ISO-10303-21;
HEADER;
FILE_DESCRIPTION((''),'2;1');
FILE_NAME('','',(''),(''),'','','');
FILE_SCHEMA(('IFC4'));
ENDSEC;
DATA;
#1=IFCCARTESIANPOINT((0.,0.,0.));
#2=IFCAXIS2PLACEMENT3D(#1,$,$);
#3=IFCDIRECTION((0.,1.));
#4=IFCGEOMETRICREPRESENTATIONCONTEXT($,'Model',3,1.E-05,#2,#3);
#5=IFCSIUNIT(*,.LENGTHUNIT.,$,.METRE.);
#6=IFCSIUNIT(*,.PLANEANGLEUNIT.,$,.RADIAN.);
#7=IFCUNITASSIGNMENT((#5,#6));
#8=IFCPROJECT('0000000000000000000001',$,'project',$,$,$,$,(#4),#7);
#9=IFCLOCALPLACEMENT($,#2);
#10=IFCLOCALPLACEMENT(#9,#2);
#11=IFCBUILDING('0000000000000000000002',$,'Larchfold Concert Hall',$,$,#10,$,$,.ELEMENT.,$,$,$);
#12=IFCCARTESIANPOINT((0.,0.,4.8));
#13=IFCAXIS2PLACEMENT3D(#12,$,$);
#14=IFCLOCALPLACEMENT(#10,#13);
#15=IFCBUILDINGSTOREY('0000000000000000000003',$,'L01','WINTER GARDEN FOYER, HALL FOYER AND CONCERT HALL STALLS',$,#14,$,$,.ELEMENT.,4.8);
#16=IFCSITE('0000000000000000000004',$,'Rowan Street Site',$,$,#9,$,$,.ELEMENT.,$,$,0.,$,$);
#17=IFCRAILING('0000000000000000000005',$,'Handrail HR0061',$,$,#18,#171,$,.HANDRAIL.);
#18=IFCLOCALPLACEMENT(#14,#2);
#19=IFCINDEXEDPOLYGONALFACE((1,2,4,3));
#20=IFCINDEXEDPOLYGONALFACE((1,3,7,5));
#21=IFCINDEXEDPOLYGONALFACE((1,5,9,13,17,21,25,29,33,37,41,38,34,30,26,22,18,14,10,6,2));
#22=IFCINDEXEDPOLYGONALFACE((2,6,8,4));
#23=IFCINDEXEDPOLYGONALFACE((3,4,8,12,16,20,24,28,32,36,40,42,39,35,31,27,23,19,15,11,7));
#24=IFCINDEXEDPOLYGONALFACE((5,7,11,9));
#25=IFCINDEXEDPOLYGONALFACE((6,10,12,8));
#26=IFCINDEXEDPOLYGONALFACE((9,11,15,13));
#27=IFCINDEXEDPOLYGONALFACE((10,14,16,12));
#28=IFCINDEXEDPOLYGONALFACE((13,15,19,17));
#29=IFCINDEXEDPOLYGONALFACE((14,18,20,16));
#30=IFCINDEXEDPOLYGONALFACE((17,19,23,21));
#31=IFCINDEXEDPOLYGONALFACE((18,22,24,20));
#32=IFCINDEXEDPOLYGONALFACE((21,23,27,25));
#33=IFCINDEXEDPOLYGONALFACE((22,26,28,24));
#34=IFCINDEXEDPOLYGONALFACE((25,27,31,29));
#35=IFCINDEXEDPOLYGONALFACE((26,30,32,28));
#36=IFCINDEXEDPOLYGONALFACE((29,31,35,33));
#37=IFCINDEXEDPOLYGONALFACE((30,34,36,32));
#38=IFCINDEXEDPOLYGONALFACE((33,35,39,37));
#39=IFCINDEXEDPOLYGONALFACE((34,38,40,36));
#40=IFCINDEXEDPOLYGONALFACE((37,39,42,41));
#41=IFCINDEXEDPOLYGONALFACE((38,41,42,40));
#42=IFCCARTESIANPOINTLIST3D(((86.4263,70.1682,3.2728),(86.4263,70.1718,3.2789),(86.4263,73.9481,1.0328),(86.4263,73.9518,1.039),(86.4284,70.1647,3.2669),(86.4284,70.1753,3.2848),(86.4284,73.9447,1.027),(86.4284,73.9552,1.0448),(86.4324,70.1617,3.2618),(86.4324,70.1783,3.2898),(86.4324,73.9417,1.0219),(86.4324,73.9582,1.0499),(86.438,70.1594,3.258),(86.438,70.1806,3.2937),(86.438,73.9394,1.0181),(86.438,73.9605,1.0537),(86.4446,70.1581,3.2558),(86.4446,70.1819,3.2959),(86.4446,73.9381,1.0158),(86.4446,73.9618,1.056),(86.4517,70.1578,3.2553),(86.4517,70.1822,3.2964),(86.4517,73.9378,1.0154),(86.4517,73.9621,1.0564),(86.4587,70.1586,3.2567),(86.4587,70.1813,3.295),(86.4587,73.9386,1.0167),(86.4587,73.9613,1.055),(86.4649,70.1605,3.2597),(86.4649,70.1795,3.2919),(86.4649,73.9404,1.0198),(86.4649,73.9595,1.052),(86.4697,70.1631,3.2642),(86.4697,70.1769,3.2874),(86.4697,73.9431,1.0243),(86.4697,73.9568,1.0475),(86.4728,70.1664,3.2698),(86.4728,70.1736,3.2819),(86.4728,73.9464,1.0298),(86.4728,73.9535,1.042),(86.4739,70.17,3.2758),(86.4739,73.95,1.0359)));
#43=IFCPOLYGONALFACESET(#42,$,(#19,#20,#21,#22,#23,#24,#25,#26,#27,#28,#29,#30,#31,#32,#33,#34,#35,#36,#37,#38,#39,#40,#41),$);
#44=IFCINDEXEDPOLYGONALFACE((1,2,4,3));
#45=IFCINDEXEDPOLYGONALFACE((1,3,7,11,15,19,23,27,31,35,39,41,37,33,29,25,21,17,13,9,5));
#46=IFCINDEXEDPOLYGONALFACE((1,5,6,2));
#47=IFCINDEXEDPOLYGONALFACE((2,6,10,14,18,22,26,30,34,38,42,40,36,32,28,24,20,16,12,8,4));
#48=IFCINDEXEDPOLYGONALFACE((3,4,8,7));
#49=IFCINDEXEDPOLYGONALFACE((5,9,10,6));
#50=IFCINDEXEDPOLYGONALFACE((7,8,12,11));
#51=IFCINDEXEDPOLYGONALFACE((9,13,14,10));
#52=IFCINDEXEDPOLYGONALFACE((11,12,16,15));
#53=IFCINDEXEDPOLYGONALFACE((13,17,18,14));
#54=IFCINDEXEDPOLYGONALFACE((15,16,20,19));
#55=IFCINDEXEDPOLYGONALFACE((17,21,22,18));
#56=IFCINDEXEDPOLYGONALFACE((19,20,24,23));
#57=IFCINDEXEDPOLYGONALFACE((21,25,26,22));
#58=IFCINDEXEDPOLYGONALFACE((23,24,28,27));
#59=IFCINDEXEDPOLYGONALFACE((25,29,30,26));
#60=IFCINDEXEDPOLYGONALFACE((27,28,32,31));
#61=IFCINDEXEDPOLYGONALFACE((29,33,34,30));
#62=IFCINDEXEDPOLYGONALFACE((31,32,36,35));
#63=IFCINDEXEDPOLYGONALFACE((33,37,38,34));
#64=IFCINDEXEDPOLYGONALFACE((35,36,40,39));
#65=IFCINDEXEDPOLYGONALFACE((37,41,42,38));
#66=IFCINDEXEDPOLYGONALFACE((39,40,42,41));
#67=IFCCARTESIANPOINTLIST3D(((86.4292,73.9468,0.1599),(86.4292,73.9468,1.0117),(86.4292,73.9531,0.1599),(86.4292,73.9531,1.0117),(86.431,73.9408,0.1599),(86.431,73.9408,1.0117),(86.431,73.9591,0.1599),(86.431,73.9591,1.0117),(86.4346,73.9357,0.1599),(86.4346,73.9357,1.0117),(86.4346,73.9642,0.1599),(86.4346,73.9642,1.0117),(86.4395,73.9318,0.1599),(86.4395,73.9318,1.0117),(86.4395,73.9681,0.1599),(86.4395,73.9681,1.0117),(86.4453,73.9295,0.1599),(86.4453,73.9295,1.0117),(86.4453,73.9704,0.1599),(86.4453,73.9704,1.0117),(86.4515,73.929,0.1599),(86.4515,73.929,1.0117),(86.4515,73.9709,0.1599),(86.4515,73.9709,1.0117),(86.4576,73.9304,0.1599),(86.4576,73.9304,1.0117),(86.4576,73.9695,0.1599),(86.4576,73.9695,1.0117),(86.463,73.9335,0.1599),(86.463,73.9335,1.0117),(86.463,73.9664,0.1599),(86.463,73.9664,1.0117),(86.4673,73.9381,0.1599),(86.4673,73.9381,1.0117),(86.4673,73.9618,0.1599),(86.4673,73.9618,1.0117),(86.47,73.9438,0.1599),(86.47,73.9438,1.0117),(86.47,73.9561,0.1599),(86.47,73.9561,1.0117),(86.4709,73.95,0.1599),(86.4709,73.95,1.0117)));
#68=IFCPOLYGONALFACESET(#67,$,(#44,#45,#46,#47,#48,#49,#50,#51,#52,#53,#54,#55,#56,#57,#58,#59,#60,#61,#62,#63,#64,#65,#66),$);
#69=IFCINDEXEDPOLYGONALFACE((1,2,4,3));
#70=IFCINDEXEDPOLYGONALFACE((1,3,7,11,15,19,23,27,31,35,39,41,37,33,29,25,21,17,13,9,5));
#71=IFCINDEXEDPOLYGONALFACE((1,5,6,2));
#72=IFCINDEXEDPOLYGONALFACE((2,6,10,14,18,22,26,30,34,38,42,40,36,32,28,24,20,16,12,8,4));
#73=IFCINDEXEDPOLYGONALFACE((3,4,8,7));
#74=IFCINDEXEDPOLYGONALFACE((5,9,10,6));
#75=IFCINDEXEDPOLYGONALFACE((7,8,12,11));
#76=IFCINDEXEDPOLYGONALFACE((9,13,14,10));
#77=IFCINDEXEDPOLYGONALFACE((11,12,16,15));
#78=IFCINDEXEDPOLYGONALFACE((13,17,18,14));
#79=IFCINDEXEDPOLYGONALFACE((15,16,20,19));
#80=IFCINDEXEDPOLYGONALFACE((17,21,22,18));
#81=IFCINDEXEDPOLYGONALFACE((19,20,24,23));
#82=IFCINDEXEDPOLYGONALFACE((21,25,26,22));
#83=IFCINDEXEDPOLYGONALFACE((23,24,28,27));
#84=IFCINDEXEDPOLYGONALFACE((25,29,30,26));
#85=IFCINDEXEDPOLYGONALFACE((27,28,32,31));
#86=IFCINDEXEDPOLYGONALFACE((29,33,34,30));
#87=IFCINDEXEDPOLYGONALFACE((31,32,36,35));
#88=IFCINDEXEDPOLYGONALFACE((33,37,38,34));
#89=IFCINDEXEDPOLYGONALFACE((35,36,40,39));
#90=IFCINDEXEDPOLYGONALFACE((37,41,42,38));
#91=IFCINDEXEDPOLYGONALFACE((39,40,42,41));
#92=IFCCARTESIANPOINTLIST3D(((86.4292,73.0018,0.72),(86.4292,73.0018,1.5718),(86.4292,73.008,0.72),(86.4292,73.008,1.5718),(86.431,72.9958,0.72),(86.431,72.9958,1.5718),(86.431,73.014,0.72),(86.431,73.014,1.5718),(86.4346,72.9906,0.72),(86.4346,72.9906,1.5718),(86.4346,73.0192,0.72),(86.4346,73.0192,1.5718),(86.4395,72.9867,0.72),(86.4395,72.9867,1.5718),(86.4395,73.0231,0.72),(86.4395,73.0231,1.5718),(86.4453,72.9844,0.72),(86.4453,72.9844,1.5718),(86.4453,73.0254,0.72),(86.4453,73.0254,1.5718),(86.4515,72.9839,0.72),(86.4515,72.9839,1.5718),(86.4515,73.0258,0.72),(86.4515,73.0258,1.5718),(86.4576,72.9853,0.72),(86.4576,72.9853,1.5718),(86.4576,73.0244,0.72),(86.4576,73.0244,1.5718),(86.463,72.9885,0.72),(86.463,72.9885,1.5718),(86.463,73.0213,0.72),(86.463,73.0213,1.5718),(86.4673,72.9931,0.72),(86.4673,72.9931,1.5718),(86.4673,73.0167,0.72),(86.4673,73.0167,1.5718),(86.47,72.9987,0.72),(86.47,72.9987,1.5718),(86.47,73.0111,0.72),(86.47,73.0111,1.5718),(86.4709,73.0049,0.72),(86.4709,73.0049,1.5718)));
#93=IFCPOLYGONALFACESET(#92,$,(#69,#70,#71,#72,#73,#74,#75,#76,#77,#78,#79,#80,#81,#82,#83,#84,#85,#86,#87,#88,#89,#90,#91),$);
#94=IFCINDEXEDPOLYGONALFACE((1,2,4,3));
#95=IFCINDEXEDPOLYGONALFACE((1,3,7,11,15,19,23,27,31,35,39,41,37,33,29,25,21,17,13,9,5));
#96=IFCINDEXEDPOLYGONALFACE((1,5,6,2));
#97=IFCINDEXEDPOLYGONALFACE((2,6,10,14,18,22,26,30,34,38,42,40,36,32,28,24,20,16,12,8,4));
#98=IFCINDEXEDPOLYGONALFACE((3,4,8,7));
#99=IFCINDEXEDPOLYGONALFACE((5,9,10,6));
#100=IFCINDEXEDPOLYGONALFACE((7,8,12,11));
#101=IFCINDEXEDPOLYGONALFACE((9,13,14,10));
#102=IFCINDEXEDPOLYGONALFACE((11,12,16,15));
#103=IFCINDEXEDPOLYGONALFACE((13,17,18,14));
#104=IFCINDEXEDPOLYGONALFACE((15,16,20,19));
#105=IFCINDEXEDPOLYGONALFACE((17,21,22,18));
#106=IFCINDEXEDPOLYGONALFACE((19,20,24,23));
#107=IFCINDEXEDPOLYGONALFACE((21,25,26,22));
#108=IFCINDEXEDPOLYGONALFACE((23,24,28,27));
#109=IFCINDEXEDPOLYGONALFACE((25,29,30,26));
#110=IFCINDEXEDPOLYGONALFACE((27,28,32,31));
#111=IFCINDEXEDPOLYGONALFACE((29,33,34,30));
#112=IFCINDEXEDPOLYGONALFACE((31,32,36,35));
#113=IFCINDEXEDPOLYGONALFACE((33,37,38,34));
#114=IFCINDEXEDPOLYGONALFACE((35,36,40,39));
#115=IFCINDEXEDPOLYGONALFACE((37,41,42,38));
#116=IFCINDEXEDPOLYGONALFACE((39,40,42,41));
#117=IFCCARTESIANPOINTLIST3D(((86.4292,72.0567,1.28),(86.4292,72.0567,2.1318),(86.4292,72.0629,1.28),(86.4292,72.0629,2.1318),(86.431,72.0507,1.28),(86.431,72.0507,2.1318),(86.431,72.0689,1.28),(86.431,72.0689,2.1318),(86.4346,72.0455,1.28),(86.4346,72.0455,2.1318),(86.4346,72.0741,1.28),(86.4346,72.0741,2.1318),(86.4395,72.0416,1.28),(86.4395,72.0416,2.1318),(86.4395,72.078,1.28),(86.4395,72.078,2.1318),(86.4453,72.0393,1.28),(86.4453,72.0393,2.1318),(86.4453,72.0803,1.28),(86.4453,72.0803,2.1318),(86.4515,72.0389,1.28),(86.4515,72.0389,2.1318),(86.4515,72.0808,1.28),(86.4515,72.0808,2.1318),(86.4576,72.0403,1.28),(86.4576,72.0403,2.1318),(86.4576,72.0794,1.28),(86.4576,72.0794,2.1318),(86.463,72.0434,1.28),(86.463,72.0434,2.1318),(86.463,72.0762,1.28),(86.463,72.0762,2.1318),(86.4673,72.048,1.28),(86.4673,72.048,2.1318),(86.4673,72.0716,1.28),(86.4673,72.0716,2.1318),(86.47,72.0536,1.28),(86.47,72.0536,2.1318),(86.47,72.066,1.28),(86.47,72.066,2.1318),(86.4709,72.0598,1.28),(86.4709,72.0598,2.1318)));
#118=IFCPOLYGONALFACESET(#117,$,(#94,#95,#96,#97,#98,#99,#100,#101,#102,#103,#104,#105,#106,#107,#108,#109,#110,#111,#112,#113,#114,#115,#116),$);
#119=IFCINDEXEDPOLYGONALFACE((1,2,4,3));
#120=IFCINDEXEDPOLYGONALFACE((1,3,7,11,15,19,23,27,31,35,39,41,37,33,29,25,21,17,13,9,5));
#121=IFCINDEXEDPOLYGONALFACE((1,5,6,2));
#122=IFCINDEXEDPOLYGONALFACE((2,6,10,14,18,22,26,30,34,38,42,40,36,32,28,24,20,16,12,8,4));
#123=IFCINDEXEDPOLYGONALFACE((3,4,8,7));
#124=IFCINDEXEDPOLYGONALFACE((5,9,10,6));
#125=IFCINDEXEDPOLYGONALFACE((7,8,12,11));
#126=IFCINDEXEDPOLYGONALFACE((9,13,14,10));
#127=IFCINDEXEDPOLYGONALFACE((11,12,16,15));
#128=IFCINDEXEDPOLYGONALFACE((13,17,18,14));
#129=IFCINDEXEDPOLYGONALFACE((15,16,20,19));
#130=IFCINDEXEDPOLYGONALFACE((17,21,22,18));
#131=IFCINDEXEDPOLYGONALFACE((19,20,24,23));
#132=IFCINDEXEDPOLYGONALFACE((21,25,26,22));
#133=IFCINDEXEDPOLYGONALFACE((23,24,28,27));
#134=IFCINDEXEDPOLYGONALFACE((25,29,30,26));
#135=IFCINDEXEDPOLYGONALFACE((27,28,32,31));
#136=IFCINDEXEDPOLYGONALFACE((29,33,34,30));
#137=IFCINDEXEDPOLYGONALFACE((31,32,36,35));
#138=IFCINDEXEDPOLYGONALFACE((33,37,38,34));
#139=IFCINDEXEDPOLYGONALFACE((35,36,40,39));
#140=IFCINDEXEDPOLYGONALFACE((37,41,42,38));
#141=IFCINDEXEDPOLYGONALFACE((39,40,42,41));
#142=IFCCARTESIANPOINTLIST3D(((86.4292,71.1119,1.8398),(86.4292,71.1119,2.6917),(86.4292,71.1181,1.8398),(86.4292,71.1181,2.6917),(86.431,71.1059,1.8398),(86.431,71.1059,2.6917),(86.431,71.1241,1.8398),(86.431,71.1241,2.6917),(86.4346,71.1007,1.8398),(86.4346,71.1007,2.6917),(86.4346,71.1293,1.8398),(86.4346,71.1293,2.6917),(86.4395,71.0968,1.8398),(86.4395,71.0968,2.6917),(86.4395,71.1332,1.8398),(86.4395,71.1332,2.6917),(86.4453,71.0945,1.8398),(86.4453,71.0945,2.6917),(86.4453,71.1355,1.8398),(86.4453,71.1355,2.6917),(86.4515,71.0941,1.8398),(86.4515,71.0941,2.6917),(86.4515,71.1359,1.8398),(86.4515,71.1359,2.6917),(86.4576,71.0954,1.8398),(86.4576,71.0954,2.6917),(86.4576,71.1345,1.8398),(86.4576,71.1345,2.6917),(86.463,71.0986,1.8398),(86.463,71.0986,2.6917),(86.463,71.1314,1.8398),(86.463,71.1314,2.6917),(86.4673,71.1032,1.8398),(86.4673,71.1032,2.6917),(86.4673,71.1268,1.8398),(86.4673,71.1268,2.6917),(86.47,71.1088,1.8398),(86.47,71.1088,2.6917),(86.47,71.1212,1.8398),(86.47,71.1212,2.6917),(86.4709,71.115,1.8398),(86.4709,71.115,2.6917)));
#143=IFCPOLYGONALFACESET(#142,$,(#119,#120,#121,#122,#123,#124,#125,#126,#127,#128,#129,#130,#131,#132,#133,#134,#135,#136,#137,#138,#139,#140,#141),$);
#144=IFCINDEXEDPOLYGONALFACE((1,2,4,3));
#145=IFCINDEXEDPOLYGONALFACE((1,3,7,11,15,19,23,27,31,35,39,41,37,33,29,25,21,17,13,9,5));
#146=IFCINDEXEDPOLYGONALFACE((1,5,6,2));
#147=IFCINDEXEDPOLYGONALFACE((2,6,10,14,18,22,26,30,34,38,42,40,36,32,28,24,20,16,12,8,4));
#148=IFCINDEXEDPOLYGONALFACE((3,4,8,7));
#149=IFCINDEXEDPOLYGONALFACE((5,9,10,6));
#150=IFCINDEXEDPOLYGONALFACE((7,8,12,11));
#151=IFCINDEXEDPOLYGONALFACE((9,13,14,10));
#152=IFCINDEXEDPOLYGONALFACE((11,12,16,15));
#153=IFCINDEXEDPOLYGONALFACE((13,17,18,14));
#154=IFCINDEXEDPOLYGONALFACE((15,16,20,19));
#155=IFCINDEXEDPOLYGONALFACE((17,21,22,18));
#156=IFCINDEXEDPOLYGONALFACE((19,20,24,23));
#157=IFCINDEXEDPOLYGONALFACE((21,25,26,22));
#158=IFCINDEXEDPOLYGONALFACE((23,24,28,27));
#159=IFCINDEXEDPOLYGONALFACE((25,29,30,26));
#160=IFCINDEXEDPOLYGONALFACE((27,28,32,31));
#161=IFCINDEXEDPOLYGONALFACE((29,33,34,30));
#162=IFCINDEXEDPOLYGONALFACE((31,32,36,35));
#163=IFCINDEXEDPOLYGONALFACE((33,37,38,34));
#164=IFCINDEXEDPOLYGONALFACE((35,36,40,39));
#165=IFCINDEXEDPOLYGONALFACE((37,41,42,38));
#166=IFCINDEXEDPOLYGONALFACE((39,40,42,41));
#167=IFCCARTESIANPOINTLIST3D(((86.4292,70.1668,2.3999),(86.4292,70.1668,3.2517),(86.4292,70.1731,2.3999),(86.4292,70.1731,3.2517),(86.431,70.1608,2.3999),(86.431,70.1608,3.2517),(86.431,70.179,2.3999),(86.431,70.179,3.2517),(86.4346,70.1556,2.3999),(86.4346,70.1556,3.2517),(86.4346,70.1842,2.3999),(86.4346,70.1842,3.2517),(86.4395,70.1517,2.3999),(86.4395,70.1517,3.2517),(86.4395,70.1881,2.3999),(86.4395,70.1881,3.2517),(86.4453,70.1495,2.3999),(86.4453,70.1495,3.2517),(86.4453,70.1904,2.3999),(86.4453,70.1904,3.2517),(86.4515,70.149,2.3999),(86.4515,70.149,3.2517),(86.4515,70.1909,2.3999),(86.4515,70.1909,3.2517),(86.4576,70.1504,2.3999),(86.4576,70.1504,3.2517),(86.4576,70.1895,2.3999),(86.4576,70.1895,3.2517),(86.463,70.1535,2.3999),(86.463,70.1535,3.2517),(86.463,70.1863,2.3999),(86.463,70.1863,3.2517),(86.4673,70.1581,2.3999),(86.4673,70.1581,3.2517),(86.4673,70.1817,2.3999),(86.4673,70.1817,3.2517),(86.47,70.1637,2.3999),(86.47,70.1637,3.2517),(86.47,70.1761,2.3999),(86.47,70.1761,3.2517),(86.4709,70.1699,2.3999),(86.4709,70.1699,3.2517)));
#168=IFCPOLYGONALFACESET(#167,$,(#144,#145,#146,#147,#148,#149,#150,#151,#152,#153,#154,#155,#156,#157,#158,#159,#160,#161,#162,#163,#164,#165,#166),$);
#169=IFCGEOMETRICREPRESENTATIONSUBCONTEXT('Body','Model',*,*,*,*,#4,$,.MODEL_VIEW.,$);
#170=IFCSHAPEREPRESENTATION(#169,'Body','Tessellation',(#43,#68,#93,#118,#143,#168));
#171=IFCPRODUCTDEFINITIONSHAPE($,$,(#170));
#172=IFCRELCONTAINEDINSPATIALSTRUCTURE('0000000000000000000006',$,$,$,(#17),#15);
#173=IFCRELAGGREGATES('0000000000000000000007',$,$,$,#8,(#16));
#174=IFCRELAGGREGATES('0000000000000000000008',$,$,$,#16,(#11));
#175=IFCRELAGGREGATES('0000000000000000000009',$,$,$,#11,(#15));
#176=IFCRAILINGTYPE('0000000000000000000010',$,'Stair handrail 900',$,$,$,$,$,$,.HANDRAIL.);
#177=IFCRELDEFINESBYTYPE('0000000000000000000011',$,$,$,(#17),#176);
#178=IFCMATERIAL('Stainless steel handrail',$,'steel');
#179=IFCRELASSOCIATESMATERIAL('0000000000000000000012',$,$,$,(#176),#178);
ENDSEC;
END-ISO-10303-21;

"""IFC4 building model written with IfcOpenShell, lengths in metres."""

from ifc_helpers import new_model, si_unit, direction, frame, origin, origin_2d, place, context, subcontext, project, spatial, circle, extrude, material, type_object, element, save


model = new_model("IFC4")

# Units and contexts
model_context = context("Model", 3, precision=1e-05, world=origin(), true_north=direction((0.0, 1.0)))
body_context = subcontext(model_context, "Body", "Model", "MODEL_VIEW")
ifc_project = project(units=[si_unit("LENGTHUNIT", "METRE"), si_unit("PLANEANGLEUNIT", "RADIAN")], contexts=[model_context])

# Site, building, storey
site_placement = place(None, origin())
site = spatial("IfcSite", under=ifc_project, at=site_placement, Name="Rowan Street Site", CompositionType="ELEMENT", RefElevation=0.0)
building_placement = place(site_placement, origin())
building = spatial("IfcBuilding", under=site, at=building_placement, Name="Larchfold Concert Hall", CompositionType="ELEMENT")
storey_placement = place(building_placement, frame((0.0, 0.0, 4.8)))
storey = spatial("IfcBuildingStorey", under=building, at=storey_placement, Name="L01", Description="WINTER GARDEN FOYER, HALL FOYER AND CONCERT HALL STALLS", CompositionType="ELEMENT", Elevation=4.8)

# Railing
ifc_material_1 = material(Name="Stainless steel handrail", Category="steel")
railing_type_1 = type_object("IfcRailingType", Name="Stair handrail 900", PredefinedType="HANDRAIL", material=ifc_material_1)
for number, where, name in (
    (1, (86.45, 73.95, 0.1599), "Handrail HR0061"),
):
    element("IfcRailing", number, at=place(storey_placement, frame(where)), inside=storey, type_object=railing_type_1, Name=name, PredefinedType="HANDRAIL", context=body_context, shape_type="SweptSolid", body=[
        extrude(circle(Radius=0.0239, at=origin_2d()), frame((0.0, 0.0, 0.876), z_axis=(0.0, -0.860294, 0.509798), x_axis=(1.0, 0.0, 0.0)), (0.0, 0.0, 1.0), 4.3938),
        extrude(circle(Radius=0.021, at=origin_2d()), origin(), (0.0, 0.0, 1.0), 0.8518),
        extrude(circle(Radius=0.021, at=origin_2d()), frame((0.0, -0.9451, 0.5601)), (0.0, 0.0, 1.0), 0.8518),
        extrude(circle(Radius=0.021, at=origin_2d()), frame((0.0, -1.8901, 1.1201)), (0.0, 0.0, 1.0), 0.8518),
        extrude(circle(Radius=0.021, at=origin_2d()), frame((0.0, -2.835, 1.6799)), (0.0, 0.0, 1.0), 0.8518),
        extrude(circle(Radius=0.021, at=origin_2d()), frame((0.0, -3.78, 2.24)), (0.0, 0.0, 1.0), 0.8518),
    ])

save(model, "model.ifc")
